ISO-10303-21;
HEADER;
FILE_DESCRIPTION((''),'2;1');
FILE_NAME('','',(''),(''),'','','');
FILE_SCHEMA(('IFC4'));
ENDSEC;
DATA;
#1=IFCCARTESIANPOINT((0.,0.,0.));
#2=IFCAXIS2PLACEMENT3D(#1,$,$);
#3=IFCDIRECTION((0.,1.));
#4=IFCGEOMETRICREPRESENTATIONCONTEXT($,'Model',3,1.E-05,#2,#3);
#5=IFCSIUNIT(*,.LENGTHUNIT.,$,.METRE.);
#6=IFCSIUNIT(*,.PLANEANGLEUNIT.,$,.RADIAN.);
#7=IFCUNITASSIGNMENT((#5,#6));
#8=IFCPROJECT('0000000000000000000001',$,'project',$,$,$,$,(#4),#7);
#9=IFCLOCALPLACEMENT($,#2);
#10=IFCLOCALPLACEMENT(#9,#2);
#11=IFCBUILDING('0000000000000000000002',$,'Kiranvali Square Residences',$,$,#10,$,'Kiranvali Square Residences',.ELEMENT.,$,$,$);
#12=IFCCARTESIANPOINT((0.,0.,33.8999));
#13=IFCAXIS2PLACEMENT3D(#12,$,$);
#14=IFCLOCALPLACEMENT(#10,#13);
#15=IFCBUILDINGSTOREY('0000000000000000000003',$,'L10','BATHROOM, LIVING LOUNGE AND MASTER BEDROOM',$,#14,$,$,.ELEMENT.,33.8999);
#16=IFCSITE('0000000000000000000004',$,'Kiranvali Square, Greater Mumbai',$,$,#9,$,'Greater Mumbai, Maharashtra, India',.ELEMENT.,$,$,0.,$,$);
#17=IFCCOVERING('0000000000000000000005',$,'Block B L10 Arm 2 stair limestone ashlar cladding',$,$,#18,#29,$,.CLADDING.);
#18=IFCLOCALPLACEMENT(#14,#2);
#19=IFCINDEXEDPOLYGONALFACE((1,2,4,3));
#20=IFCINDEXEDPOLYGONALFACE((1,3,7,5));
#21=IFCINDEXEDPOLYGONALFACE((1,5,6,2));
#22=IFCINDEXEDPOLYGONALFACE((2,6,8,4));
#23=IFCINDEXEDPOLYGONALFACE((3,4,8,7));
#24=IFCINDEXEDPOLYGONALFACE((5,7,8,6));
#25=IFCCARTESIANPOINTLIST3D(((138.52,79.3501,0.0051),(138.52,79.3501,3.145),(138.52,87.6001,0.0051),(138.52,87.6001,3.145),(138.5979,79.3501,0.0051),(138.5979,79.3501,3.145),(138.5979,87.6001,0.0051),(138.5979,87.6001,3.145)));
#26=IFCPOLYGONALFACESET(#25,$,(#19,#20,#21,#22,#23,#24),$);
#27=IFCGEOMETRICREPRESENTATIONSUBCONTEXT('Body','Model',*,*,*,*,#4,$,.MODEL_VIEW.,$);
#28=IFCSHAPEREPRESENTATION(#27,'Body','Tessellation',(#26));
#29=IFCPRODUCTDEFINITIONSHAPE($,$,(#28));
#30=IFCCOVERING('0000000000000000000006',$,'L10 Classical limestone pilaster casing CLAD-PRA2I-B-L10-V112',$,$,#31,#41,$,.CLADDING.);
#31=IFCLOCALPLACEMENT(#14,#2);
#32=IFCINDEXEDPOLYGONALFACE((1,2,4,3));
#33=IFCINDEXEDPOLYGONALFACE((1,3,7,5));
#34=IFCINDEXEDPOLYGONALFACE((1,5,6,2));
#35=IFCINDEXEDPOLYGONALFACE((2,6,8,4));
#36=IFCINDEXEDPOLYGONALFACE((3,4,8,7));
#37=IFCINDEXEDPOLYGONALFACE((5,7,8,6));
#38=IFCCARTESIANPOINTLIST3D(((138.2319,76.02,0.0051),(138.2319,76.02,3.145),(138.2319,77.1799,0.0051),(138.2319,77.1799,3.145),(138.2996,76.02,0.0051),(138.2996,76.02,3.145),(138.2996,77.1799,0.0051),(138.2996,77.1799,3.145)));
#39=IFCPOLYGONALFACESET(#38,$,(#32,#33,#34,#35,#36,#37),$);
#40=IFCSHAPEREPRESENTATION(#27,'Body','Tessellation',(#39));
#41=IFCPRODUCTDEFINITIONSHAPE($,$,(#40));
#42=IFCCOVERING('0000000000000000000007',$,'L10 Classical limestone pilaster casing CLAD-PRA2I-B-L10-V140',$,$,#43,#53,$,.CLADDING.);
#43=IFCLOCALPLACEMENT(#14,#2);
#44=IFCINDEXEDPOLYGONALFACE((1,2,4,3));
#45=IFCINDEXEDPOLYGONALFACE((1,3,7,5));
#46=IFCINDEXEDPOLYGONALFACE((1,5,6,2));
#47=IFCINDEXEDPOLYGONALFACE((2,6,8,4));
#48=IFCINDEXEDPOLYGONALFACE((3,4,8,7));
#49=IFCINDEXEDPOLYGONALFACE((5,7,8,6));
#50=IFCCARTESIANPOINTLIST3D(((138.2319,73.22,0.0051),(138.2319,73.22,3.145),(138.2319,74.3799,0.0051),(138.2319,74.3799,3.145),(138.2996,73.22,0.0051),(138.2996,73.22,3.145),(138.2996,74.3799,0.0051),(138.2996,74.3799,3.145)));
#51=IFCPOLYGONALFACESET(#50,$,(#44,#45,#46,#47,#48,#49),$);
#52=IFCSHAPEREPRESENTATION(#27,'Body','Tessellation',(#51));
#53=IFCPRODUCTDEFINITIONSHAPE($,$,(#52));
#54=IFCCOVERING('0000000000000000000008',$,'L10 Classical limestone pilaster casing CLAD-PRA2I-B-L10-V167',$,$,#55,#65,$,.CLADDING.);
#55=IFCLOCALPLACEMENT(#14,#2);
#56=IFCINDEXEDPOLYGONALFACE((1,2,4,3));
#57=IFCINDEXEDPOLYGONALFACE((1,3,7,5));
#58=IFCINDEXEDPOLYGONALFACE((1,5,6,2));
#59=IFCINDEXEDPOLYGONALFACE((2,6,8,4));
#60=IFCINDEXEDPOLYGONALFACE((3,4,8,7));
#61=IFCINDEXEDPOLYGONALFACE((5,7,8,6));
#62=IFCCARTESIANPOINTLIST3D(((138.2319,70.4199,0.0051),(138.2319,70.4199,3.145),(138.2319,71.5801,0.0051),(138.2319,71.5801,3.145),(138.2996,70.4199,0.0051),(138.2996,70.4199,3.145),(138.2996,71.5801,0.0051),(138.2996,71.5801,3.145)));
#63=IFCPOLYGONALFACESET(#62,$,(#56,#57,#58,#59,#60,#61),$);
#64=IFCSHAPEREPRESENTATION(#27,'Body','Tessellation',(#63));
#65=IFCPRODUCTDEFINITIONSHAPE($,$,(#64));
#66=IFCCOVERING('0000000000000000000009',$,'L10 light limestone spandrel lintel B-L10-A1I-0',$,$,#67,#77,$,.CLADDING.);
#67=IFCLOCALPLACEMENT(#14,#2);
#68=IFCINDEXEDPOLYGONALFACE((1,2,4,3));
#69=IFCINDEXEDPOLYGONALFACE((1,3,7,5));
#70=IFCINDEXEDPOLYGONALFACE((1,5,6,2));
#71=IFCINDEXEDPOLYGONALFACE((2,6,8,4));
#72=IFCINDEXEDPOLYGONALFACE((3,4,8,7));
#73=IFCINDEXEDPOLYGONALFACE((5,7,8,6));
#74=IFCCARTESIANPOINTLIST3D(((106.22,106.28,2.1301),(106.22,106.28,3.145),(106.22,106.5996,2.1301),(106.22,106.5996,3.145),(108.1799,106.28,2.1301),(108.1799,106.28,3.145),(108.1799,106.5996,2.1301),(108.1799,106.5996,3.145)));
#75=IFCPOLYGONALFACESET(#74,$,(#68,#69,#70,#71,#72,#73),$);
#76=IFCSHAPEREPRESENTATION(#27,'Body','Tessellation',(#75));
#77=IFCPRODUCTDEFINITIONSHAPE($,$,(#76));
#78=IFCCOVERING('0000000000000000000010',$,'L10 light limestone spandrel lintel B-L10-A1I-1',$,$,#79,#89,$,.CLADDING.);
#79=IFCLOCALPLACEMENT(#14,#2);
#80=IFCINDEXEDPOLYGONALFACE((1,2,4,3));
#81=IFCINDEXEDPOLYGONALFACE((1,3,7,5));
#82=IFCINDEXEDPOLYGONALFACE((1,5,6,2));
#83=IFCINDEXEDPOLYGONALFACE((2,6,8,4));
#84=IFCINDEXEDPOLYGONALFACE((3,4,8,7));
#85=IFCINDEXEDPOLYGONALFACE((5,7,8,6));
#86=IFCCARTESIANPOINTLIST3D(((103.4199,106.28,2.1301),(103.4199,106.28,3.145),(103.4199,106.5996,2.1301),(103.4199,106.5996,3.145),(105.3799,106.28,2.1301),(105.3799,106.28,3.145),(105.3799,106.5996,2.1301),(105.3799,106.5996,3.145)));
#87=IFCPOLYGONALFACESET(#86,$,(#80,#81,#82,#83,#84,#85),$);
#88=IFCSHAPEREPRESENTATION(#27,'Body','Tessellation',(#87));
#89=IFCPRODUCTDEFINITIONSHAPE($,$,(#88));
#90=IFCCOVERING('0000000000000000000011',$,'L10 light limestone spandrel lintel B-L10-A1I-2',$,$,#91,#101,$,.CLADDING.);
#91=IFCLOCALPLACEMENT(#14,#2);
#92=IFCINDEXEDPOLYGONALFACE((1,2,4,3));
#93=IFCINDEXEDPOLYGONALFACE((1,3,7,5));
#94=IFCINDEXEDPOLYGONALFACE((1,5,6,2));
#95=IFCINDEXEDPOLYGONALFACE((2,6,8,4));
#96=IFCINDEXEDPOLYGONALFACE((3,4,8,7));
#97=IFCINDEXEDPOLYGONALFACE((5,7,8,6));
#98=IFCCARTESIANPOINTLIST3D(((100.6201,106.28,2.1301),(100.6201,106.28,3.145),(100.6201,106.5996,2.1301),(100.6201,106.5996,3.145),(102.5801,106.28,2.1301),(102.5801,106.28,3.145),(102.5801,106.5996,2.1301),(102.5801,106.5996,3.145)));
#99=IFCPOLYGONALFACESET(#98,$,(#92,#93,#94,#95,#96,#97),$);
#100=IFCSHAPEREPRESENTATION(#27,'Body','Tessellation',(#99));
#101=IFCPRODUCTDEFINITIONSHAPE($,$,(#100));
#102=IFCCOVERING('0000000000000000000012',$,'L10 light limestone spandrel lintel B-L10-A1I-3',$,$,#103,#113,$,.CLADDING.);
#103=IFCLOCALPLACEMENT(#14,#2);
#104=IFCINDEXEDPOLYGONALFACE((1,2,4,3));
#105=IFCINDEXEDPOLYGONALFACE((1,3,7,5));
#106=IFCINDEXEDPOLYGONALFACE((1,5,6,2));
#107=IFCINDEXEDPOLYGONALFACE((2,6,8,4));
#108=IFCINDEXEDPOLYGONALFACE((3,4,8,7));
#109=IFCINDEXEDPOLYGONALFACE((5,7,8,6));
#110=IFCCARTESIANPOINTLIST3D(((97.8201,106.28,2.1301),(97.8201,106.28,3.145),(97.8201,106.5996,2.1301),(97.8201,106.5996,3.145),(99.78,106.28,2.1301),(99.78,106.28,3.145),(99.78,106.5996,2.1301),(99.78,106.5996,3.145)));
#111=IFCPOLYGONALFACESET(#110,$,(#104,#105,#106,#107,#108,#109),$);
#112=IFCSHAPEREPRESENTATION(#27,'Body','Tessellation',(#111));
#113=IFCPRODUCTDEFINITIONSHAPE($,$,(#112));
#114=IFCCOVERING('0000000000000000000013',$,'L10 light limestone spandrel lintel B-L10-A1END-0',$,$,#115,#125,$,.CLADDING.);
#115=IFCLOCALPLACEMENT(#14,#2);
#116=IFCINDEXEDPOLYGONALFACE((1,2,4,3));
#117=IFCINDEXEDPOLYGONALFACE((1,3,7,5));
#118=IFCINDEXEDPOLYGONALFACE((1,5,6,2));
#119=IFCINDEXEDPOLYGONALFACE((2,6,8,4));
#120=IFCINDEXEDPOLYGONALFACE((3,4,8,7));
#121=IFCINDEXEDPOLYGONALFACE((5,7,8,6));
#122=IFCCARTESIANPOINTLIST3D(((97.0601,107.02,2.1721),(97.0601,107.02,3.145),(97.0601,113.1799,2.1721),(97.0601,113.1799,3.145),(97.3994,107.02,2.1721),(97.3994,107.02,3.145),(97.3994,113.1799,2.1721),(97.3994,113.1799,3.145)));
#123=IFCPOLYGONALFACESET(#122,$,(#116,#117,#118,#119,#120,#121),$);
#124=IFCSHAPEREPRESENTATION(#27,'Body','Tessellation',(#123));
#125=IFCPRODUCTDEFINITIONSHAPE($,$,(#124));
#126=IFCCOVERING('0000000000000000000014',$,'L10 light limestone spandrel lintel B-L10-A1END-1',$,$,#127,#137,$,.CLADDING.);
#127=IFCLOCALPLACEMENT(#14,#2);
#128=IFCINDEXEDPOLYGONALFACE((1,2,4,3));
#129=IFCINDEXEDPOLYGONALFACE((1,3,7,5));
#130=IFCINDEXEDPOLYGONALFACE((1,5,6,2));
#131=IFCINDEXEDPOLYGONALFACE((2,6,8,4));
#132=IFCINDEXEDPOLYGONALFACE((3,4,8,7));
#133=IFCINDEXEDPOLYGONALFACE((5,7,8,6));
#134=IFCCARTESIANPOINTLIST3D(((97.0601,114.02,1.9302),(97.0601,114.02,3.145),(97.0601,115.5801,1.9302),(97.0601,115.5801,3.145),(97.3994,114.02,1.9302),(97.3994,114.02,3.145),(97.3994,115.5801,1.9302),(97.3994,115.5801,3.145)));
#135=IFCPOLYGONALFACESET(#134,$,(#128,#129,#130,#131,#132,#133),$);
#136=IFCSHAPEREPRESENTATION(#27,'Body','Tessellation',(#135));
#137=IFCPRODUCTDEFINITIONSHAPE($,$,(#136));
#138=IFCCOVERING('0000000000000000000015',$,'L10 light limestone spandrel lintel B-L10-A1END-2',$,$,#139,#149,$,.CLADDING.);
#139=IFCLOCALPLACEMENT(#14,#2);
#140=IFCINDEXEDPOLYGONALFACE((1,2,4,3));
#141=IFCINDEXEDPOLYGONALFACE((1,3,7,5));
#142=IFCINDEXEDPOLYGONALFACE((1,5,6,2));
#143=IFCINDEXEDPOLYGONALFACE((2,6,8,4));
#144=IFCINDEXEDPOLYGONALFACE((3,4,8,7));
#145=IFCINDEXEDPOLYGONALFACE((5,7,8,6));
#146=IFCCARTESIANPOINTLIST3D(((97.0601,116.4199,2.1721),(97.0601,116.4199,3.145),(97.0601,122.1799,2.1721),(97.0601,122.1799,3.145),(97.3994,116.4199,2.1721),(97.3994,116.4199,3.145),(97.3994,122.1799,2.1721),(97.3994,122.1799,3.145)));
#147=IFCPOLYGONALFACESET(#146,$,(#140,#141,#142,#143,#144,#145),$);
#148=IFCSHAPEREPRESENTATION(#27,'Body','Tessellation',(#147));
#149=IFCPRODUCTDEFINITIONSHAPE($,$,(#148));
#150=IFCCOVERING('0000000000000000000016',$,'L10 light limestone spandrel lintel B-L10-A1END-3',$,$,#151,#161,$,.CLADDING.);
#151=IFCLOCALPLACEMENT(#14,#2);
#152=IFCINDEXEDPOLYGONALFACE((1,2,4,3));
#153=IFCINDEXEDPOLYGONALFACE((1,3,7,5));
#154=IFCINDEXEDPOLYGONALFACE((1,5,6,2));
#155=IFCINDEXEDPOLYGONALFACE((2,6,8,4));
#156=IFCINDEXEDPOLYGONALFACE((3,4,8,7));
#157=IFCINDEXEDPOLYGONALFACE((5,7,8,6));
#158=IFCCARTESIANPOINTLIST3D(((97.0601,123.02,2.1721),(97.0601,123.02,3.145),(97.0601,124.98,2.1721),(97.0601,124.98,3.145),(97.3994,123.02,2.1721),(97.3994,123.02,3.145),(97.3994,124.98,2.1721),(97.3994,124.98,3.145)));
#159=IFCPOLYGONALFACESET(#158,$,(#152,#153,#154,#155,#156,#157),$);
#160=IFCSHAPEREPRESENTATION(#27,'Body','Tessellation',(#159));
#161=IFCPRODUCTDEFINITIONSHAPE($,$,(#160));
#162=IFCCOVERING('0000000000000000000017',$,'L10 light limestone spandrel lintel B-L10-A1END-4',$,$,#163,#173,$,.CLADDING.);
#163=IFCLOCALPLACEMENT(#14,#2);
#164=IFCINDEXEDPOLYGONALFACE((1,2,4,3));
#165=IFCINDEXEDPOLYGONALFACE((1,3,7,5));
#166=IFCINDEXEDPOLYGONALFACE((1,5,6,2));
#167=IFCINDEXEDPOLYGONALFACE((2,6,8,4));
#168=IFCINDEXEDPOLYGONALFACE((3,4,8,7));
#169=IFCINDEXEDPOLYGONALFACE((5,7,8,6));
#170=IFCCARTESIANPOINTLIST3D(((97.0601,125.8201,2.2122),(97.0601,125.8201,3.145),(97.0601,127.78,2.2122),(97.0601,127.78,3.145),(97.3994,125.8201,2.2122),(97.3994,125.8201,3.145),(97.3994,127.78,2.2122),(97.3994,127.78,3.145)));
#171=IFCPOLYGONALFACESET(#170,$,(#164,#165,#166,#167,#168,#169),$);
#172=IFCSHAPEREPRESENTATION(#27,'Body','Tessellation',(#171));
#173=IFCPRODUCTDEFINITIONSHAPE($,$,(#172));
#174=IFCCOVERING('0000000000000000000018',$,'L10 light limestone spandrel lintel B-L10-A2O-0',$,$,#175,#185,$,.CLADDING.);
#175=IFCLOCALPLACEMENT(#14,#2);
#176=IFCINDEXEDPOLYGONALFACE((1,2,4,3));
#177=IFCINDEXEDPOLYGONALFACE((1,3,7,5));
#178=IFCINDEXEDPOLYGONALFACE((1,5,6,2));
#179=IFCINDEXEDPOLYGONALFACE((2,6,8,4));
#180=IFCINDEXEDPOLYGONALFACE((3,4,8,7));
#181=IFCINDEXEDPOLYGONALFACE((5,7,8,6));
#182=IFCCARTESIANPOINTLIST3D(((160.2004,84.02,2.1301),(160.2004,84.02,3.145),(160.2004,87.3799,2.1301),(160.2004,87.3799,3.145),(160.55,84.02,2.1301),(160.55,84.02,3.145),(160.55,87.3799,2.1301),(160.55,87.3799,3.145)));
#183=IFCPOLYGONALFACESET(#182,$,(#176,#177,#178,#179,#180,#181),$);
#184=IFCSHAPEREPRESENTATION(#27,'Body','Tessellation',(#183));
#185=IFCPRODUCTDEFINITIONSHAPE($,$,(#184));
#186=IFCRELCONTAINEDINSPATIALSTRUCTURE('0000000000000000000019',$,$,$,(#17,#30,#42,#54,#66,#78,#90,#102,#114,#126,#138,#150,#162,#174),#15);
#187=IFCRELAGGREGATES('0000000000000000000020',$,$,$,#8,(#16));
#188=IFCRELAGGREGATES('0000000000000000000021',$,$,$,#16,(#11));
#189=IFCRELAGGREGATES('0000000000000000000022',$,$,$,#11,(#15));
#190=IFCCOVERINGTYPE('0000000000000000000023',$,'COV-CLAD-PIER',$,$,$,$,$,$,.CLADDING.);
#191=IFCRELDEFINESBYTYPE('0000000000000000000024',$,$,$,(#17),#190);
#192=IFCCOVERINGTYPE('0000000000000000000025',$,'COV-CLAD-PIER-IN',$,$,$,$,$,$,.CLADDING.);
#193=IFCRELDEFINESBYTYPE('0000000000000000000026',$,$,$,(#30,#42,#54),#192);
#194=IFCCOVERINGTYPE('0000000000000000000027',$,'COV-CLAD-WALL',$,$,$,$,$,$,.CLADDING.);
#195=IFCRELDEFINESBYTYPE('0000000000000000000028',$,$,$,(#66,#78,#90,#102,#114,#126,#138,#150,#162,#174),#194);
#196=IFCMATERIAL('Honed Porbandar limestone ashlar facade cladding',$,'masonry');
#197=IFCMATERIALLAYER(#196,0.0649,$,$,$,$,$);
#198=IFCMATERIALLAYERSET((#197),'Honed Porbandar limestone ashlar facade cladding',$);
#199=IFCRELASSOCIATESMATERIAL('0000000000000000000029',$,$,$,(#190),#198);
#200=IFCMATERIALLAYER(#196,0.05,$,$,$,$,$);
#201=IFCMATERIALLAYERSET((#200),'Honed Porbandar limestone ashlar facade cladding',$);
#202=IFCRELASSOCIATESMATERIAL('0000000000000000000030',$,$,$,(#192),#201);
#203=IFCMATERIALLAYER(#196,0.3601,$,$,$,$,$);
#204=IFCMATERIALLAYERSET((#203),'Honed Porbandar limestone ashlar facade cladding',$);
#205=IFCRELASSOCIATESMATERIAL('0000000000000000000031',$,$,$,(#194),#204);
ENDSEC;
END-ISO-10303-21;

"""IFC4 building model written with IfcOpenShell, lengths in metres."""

from ifc_helpers import new_model, si_unit, direction, frame, origin, place, context, subcontext, project, spatial, polyline, outline, extrude, material, layer, layer_set, type_object, element, save


model = new_model("IFC4")

# Units and contexts
model_context = context("Model", 3, precision=1e-05, world=origin(), true_north=direction((0.0, 1.0)))
body_context = subcontext(model_context, "Body", "Model", "MODEL_VIEW")
ifc_project = project(units=[si_unit("LENGTHUNIT", "METRE"), si_unit("PLANEANGLEUNIT", "RADIAN")], contexts=[model_context])

# Site, building, storey
site_placement = place(None, origin())
site = spatial("IfcSite", under=ifc_project, at=site_placement, Name="Kiranvali Square, Greater Mumbai", LongName="Greater Mumbai, Maharashtra, India", CompositionType="ELEMENT", RefElevation=0.0)
building_placement = place(site_placement, origin())
building = spatial("IfcBuilding", under=site, at=building_placement, Name="Kiranvali Square Residences", LongName="Kiranvali Square Residences", CompositionType="ELEMENT")
storey_placement = place(building_placement, frame((0.0, 0.0, 33.8999)))
storey = spatial("IfcBuildingStorey", under=building, at=storey_placement, Name="L10", Description="BATHROOM, LIVING LOUNGE AND MASTER BEDROOM", CompositionType="ELEMENT", Elevation=33.8999)

# Coverings
ifc_material = material(Name="Honed Porbandar limestone ashlar facade cladding", Category="masonry")
ifc_layer_1 = layer(ifc_material, 0.0649)
ifc_layer_set_1 = layer_set([ifc_layer_1], Name="Honed Porbandar limestone ashlar facade cladding")
covering_type_1 = type_object("IfcCoveringType", Name="COV-CLAD-PIER", PredefinedType="CLADDING", material=ifc_layer_set_1)
covering_1_placement = place(storey_placement, frame((0.0, 0.0, 0.0051)))
element("IfcCovering", 1, at=covering_1_placement, inside=storey, type_object=covering_type_1, Name="Block B L10 Arm 2 stair limestone ashlar cladding", PredefinedType="CLADDING", context=body_context, shape_type="SweptSolid", body=[
    extrude(outline(polyline([(138.52, 87.6001), (138.52, 79.3501), (138.5979, 79.3501), (138.5979, 87.6001), (138.52, 87.6001)])), origin(), (0.0, 0.0, 1.0), 3.1399),
])
ifc_layer_2 = layer(ifc_material, 0.05)
ifc_layer_set_2 = layer_set([ifc_layer_2], Name="Honed Porbandar limestone ashlar facade cladding")
covering_type_2 = type_object("IfcCoveringType", Name="COV-CLAD-PIER-IN", PredefinedType="CLADDING", material=ifc_layer_set_2)
covering_2_placement = place(storey_placement, frame((0.0, 0.0, 0.0051)))
element("IfcCovering", 2, at=covering_2_placement, inside=storey, type_object=covering_type_2, Name="L10 Classical limestone pilaster casing CLAD-PRA2I-B-L10-V112", PredefinedType="CLADDING", context=body_context, shape_type="SweptSolid", body=[
    extrude(outline(polyline([(138.2319, 77.1799), (138.2319, 76.02), (138.2996, 76.02), (138.2996, 77.1799), (138.2319, 77.1799)])), origin(), (0.0, 0.0, 1.0), 3.1399),
])
covering_3_placement = place(storey_placement, frame((0.0, 0.0, 0.0051)))
element("IfcCovering", 3, at=covering_3_placement, inside=storey, type_object=covering_type_2, Name="L10 Classical limestone pilaster casing CLAD-PRA2I-B-L10-V140", PredefinedType="CLADDING", context=body_context, shape_type="SweptSolid", body=[
    extrude(outline(polyline([(138.2319, 74.3799), (138.2319, 73.22), (138.2996, 73.22), (138.2996, 74.3799), (138.2319, 74.3799)])), origin(), (0.0, 0.0, 1.0), 3.1399),
])
covering_4_placement = place(storey_placement, frame((0.0, 0.0, 0.0051)))
element("IfcCovering", 4, at=covering_4_placement, inside=storey, type_object=covering_type_2, Name="L10 Classical limestone pilaster casing CLAD-PRA2I-B-L10-V167", PredefinedType="CLADDING", context=body_context, shape_type="SweptSolid", body=[
    extrude(outline(polyline([(138.2319, 71.5801), (138.2319, 70.4199), (138.2996, 70.4199), (138.2996, 71.5801), (138.2319, 71.5801)])), origin(), (0.0, 0.0, 1.0), 3.1399),
])
ifc_layer_3 = layer(ifc_material, 0.3601)
ifc_layer_set_3 = layer_set([ifc_layer_3], Name="Honed Porbandar limestone ashlar facade cladding")
covering_type_3 = type_object("IfcCoveringType", Name="COV-CLAD-WALL", PredefinedType="CLADDING", material=ifc_layer_set_3)
covering_5_placement = place(storey_placement, frame((0.0, 0.0, 2.1301)))
element("IfcCovering", 5, at=covering_5_placement, inside=storey, type_object=covering_type_3, Name="L10 light limestone spandrel lintel B-L10-A1I-0", PredefinedType="CLADDING", context=body_context, shape_type="SweptSolid", body=[
    extrude(outline(polyline([(108.1799, 106.5996), (106.22, 106.5996), (106.22, 106.28), (108.1799, 106.28), (108.1799, 106.5996)])), origin(), (0.0, 0.0, 1.0), 1.0149),
])
covering_6_placement = place(storey_placement, frame((0.0, 0.0, 2.1301)))
element("IfcCovering", 6, at=covering_6_placement, inside=storey, type_object=covering_type_3, Name="L10 light limestone spandrel lintel B-L10-A1I-1", PredefinedType="CLADDING", context=body_context, shape_type="SweptSolid", body=[
    extrude(outline(polyline([(105.3799, 106.5996), (103.4199, 106.5996), (103.4199, 106.28), (105.3799, 106.28), (105.3799, 106.5996)])), origin(), (0.0, 0.0, 1.0), 1.0149),
])
covering_7_placement = place(storey_placement, frame((0.0, 0.0, 2.1301)))
element("IfcCovering", 7, at=covering_7_placement, inside=storey, type_object=covering_type_3, Name="L10 light limestone spandrel lintel B-L10-A1I-2", PredefinedType="CLADDING", context=body_context, shape_type="SweptSolid", body=[
    extrude(outline(polyline([(102.5801, 106.5996), (100.6201, 106.5996), (100.6201, 106.28), (102.5801, 106.28), (102.5801, 106.5996)])), origin(), (0.0, 0.0, 1.0), 1.0149),
])
covering_8_placement = place(storey_placement, frame((0.0, 0.0, 2.1301)))
element("IfcCovering", 8, at=covering_8_placement, inside=storey, type_object=covering_type_3, Name="L10 light limestone spandrel lintel B-L10-A1I-3", PredefinedType="CLADDING", context=body_context, shape_type="SweptSolid", body=[
    extrude(outline(polyline([(99.78, 106.5996), (97.8201, 106.5996), (97.8201, 106.28), (99.78, 106.28), (99.78, 106.5996)])), origin(), (0.0, 0.0, 1.0), 1.0149),
])
covering_9_placement = place(storey_placement, frame((0.0, 0.0, 2.1721)))
element("IfcCovering", 9, at=covering_9_placement, inside=storey, type_object=covering_type_3, Name="L10 light limestone spandrel lintel B-L10-A1END-0", PredefinedType="CLADDING", context=body_context, shape_type="SweptSolid", body=[
    extrude(outline(polyline([(97.3994, 107.02), (97.3994, 113.1799), (97.0601, 113.1799), (97.0601, 107.02), (97.3994, 107.02)])), origin(), (0.0, 0.0, 1.0), 0.9729),
])
covering_10_placement = place(storey_placement, frame((0.0, 0.0, 1.9302)))
element("IfcCovering", 10, at=covering_10_placement, inside=storey, type_object=covering_type_3, Name="L10 light limestone spandrel lintel B-L10-A1END-1", PredefinedType="CLADDING", context=body_context, shape_type="SweptSolid", body=[
    extrude(outline(polyline([(97.3994, 114.02), (97.3994, 115.5801), (97.0601, 115.5801), (97.0601, 114.02), (97.3994, 114.02)])), origin(), (0.0, 0.0, 1.0), 1.2148),
])
covering_11_placement = place(storey_placement, frame((0.0, 0.0, 2.1721)))
element("IfcCovering", 11, at=covering_11_placement, inside=storey, type_object=covering_type_3, Name="L10 light limestone spandrel lintel B-L10-A1END-2", PredefinedType="CLADDING", context=body_context, shape_type="SweptSolid", body=[
    extrude(outline(polyline([(97.3994, 116.4199), (97.3994, 122.1799), (97.0601, 122.1799), (97.0601, 116.4199), (97.3994, 116.4199)])), origin(), (0.0, 0.0, 1.0), 0.9729),
])
covering_12_placement = place(storey_placement, frame((0.0, 0.0, 2.1721)))
element("IfcCovering", 12, at=covering_12_placement, inside=storey, type_object=covering_type_3, Name="L10 light limestone spandrel lintel B-L10-A1END-3", PredefinedType="CLADDING", context=body_context, shape_type="SweptSolid", body=[
    extrude(outline(polyline([(97.3994, 123.02), (97.3994, 124.98), (97.0601, 124.98), (97.0601, 123.02), (97.3994, 123.02)])), origin(), (0.0, 0.0, 1.0), 0.9729),
])
covering_13_placement = place(storey_placement, frame((0.0, 0.0, 2.2122)))
element("IfcCovering", 13, at=covering_13_placement, inside=storey, type_object=covering_type_3, Name="L10 light limestone spandrel lintel B-L10-A1END-4", PredefinedType="CLADDING", context=body_context, shape_type="SweptSolid", body=[
    extrude(outline(polyline([(97.3994, 125.8201), (97.3994, 127.78), (97.0601, 127.78), (97.0601, 125.8201), (97.3994, 125.8201)])), origin(), (0.0, 0.0, 1.0), 0.9329),
])
covering_14_placement = place(storey_placement, frame((0.0, 0.0, 2.1301)))
element("IfcCovering", 14, at=covering_14_placement, inside=storey, type_object=covering_type_3, Name="L10 light limestone spandrel lintel B-L10-A2O-0", PredefinedType="CLADDING", context=body_context, shape_type="SweptSolid", body=[
    extrude(outline(polyline([(160.2004, 87.3799), (160.2004, 84.02), (160.55, 84.02), (160.55, 87.3799), (160.2004, 87.3799)])), origin(), (0.0, 0.0, 1.0), 1.0149),
])

save(model, "model.ifc")
